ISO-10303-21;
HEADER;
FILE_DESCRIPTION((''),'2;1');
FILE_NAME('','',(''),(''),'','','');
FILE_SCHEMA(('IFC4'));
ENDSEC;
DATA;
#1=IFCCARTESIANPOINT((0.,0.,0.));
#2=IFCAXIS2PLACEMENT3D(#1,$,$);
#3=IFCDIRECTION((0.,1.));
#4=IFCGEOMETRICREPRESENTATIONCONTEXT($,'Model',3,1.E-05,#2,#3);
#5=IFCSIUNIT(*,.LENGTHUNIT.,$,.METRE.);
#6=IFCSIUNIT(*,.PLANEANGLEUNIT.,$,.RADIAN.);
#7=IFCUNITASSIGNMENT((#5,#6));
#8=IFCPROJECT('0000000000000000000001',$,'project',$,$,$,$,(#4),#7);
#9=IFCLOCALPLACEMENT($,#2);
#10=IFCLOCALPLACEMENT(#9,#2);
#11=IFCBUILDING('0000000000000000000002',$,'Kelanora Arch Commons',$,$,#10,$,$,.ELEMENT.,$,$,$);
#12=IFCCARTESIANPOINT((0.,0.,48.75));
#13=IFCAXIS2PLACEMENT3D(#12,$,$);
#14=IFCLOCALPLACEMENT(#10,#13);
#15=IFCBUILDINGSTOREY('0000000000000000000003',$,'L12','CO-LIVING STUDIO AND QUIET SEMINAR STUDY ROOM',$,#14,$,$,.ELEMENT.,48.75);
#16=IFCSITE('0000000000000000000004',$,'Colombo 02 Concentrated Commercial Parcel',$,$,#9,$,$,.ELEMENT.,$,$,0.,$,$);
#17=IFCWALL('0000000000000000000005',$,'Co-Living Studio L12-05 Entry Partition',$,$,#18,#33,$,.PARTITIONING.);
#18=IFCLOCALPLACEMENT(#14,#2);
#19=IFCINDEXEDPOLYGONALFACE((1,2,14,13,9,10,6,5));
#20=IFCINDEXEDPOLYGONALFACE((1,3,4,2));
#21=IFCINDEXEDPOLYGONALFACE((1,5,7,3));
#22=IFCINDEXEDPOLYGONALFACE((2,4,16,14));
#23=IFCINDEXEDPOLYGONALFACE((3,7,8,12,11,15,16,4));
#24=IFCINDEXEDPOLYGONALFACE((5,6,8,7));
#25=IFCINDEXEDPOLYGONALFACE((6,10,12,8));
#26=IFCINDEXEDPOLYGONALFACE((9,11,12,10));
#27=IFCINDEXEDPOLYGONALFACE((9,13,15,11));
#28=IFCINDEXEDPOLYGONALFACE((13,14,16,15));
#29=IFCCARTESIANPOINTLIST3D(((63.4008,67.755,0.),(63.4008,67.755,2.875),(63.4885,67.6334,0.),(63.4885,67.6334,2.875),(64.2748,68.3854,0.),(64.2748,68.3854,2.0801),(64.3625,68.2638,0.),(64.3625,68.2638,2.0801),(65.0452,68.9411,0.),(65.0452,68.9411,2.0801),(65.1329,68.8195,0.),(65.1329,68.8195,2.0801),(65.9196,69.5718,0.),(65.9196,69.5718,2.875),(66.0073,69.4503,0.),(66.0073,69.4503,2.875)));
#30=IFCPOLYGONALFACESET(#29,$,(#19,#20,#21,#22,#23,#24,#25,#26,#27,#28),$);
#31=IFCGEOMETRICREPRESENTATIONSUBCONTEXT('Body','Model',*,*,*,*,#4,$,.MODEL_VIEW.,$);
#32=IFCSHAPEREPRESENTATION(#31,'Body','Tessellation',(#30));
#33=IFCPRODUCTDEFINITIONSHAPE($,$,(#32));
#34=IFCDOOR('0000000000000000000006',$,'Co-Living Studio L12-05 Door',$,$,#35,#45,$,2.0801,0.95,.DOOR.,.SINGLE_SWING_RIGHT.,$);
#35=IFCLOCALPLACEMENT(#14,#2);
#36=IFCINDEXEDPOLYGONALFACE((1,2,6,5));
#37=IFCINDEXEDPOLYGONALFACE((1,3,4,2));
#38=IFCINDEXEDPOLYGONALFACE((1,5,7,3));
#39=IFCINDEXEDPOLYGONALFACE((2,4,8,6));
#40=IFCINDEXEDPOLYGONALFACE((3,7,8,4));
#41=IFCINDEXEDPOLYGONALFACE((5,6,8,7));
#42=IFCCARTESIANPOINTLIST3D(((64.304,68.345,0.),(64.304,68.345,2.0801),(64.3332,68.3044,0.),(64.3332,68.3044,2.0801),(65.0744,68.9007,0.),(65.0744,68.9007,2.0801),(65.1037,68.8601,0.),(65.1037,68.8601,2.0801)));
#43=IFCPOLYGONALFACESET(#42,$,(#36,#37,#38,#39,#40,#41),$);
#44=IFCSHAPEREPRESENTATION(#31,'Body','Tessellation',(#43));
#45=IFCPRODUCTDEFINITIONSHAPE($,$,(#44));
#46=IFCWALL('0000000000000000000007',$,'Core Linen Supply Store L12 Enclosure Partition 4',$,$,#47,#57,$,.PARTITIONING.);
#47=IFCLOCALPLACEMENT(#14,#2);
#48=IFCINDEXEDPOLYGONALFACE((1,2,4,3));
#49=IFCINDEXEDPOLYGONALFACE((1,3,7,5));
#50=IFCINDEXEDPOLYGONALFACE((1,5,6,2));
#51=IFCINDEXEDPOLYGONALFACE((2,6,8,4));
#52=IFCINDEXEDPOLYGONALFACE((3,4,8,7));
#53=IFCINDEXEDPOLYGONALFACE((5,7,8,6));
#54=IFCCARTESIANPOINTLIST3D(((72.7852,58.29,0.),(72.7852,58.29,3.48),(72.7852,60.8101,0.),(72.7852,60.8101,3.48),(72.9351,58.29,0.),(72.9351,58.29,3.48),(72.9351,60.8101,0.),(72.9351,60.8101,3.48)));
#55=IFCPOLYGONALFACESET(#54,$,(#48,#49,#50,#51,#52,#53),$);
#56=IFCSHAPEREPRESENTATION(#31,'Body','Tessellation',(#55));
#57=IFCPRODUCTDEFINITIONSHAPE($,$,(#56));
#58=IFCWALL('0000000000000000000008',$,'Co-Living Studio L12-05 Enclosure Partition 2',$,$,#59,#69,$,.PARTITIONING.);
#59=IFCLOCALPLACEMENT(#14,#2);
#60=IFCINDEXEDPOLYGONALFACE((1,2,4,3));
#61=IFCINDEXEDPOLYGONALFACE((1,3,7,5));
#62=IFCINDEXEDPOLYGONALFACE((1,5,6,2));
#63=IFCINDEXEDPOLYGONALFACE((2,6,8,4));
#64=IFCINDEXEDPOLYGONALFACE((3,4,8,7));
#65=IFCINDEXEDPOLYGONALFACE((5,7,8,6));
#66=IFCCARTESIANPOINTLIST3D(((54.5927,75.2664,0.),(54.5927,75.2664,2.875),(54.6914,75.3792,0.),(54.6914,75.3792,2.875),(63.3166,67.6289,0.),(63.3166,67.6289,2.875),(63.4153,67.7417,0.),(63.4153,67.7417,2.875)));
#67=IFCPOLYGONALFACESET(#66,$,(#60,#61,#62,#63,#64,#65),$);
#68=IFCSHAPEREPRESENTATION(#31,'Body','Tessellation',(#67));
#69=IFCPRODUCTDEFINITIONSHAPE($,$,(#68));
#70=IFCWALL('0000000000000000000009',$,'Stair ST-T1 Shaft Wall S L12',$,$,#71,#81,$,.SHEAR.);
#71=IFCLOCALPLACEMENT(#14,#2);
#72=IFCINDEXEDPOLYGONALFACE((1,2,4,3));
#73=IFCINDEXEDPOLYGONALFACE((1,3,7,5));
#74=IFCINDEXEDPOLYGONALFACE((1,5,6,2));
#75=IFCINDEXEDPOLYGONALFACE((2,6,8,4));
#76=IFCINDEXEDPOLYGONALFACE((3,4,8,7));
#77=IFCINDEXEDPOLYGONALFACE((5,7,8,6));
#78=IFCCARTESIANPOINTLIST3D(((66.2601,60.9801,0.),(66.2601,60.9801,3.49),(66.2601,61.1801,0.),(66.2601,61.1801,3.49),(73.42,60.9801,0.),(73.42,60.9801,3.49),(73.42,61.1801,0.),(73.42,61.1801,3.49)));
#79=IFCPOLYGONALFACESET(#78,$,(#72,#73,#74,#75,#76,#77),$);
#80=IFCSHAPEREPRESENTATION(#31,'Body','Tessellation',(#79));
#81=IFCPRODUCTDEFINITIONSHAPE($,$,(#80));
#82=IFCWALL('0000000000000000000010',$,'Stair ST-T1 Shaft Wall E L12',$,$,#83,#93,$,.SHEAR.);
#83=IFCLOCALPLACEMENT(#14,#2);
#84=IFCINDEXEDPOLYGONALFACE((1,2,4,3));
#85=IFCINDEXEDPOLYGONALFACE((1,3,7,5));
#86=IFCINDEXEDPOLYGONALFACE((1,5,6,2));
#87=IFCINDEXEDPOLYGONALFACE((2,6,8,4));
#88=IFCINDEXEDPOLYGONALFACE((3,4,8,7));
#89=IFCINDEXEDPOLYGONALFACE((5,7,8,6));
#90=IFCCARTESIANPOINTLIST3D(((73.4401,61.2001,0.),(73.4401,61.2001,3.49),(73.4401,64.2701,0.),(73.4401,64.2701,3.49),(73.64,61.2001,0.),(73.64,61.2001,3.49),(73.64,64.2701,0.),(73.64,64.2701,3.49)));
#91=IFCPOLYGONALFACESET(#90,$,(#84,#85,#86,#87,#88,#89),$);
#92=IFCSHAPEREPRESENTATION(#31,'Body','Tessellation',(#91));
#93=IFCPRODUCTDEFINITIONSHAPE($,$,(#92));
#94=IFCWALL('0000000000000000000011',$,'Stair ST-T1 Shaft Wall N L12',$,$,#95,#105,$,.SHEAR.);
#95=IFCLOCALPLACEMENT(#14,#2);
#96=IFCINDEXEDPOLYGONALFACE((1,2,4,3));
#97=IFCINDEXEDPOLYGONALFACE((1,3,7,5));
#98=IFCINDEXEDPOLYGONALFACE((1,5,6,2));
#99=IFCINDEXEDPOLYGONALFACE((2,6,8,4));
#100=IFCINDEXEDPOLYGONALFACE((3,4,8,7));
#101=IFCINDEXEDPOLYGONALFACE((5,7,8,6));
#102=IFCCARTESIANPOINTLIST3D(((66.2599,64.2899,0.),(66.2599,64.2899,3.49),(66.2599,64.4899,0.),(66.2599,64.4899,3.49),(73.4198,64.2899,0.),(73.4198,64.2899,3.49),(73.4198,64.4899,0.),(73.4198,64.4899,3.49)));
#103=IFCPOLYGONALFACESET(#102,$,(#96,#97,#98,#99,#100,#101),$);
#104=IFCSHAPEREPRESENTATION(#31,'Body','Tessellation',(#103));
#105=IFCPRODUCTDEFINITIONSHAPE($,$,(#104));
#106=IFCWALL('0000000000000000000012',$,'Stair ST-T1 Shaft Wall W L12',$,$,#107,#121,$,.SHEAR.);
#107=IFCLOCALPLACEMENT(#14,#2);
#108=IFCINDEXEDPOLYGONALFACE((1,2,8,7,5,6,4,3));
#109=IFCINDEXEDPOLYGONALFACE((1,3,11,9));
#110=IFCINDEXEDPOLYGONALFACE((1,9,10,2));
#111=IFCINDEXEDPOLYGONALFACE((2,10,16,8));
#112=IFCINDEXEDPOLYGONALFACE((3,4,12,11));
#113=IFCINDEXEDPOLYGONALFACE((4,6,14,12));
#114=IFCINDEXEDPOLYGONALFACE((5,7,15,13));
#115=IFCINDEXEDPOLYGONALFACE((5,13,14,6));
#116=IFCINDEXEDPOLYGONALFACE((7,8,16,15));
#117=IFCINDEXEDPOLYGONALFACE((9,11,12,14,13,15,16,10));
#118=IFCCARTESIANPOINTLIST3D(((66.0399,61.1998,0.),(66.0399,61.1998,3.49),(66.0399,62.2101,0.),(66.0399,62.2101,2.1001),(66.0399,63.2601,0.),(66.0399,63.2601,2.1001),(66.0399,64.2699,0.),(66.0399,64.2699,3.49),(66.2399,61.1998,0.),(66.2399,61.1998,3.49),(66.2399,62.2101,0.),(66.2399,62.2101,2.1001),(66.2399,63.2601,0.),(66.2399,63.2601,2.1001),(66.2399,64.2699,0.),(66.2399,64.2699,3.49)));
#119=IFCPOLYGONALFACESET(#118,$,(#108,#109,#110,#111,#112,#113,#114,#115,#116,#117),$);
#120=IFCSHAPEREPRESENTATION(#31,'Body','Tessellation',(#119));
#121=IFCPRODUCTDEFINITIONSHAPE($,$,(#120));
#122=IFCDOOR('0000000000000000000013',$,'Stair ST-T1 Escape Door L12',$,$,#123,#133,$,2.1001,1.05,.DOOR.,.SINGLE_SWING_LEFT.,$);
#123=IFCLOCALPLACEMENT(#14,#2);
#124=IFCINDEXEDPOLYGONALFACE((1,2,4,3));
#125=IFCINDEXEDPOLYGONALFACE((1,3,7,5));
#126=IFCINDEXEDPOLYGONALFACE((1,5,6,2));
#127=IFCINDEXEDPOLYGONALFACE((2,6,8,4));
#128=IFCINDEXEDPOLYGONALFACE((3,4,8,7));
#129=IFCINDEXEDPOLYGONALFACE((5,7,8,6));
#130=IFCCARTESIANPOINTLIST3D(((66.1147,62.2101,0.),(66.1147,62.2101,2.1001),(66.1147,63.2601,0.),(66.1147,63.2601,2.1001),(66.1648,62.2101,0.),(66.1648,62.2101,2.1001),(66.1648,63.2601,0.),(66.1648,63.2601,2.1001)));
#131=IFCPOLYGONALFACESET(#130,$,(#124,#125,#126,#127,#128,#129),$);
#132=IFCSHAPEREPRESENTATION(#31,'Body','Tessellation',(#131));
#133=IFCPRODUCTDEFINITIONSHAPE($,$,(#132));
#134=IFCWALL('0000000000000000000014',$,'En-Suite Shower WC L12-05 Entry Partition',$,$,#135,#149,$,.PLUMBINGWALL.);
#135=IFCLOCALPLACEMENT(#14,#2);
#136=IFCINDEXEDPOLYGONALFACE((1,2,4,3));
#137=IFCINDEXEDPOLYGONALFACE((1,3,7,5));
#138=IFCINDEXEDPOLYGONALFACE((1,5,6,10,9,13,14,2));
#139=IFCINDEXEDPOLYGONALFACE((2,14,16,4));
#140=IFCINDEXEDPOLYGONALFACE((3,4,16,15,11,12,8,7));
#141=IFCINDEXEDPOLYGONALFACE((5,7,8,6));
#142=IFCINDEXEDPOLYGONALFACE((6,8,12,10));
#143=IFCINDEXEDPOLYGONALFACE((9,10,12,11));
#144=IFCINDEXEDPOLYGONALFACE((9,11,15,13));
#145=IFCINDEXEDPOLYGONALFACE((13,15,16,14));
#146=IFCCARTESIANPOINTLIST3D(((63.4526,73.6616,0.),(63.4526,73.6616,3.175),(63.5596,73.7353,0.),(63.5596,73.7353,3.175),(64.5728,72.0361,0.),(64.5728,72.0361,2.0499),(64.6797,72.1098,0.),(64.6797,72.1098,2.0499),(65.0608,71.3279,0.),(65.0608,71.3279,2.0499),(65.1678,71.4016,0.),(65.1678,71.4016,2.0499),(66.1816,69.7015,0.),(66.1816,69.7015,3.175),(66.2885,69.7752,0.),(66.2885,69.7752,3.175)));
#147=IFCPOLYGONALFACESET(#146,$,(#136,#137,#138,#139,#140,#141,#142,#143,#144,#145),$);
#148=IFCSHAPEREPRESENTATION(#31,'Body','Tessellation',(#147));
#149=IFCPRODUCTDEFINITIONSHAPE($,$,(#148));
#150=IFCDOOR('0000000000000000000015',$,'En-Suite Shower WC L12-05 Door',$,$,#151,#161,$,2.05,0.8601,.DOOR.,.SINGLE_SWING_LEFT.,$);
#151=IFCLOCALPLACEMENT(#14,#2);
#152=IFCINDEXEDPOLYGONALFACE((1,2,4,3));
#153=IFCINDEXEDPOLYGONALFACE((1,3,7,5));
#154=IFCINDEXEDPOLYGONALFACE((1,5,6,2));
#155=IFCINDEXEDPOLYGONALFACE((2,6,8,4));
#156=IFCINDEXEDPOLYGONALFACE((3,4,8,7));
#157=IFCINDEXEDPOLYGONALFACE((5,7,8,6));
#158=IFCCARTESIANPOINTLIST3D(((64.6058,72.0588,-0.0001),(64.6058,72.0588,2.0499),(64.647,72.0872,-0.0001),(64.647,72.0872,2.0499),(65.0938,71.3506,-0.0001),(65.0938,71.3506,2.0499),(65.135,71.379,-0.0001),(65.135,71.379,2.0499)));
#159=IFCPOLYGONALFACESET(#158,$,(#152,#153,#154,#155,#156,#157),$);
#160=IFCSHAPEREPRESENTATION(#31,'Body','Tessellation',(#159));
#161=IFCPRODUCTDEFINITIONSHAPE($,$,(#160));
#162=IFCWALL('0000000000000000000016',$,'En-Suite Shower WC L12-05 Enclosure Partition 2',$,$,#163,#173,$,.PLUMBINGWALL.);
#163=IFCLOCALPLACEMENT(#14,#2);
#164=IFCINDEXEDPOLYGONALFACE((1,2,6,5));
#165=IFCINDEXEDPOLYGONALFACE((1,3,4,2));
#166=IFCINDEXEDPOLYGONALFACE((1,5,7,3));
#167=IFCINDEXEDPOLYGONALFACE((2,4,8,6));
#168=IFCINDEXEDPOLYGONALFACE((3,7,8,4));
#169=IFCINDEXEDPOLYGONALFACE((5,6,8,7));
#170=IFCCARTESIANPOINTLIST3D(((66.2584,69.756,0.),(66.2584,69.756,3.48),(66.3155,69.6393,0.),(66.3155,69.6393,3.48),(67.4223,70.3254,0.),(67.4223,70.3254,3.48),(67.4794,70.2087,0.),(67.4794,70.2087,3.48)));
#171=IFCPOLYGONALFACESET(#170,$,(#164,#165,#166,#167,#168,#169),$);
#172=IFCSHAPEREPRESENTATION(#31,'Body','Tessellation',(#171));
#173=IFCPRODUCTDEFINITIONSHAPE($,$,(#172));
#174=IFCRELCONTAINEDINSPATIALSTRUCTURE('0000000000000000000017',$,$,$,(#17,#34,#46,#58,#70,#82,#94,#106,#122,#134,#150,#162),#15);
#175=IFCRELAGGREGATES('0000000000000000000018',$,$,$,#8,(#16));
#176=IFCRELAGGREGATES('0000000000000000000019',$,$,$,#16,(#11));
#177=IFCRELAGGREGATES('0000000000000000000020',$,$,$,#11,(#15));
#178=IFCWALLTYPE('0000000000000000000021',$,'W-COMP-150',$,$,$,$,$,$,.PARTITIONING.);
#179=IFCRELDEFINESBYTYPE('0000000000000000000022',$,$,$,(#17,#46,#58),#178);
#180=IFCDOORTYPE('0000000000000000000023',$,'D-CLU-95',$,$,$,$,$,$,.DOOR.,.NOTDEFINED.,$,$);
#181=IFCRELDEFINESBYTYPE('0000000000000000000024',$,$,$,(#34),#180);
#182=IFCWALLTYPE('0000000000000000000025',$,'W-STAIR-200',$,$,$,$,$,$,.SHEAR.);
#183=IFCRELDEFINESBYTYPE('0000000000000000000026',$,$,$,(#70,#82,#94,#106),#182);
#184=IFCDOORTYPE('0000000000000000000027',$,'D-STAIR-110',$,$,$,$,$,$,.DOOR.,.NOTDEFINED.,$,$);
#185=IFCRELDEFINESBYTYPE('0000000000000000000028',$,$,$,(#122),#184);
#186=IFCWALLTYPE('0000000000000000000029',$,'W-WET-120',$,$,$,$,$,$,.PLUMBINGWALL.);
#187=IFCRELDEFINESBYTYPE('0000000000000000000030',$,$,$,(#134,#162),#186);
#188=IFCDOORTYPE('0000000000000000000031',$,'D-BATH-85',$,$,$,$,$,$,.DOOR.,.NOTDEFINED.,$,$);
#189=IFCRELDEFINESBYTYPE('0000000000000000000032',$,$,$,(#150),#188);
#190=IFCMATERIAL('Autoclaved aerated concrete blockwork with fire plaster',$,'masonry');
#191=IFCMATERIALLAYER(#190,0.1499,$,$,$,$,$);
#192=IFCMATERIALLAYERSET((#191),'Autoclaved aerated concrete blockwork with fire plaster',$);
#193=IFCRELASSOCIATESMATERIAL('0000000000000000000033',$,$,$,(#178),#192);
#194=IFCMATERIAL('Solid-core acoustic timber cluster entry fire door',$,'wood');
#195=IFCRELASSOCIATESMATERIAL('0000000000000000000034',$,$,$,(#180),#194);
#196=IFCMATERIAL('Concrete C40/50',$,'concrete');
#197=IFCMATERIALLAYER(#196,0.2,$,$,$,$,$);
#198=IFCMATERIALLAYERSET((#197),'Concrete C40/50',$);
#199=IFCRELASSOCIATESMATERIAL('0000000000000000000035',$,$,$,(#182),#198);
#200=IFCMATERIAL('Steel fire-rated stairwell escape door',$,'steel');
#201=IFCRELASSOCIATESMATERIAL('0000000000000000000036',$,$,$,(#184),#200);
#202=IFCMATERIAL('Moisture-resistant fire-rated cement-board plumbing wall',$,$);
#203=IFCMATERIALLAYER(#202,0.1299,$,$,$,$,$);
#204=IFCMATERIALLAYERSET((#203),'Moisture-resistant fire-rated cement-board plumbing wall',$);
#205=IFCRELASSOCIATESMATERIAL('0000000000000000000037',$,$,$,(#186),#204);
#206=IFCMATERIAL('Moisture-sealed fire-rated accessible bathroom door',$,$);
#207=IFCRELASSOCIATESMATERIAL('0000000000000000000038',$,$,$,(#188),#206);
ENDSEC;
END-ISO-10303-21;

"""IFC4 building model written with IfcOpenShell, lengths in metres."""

from ifc_helpers import new_model, si_unit, direction, frame, frame_2d, origin, place, context, subcontext, project, spatial, rectangle, extrude, material, layer, layer_set, type_object, element, fill, save


model = new_model("IFC4")

# Units and contexts
model_context = context("Model", 3, precision=1e-05, world=origin(), true_north=direction((0.0, 1.0)))
body_context = subcontext(model_context, "Body", "Model", "MODEL_VIEW")
ifc_project = project(units=[si_unit("LENGTHUNIT", "METRE"), si_unit("PLANEANGLEUNIT", "RADIAN")], contexts=[model_context])

# Site, building, storey
site_placement = place(None, origin())
site = spatial("IfcSite", under=ifc_project, at=site_placement, Name="Colombo 02 Concentrated Commercial Parcel", CompositionType="ELEMENT", RefElevation=0.0)
building_placement = place(site_placement, origin())
building = spatial("IfcBuilding", under=site, at=building_placement, Name="Kelanora Arch Commons", CompositionType="ELEMENT")
storey_placement = place(building_placement, frame((0.0, 0.0, 48.75)))
storey = spatial("IfcBuildingStorey", under=building, at=storey_placement, Name="L12", Description="CO-LIVING STUDIO AND QUIET SEMINAR STUDY ROOM", CompositionType="ELEMENT", Elevation=48.75)

# Wall, opening, door
ifc_material_1 = material(Name="Autoclaved aerated concrete blockwork with fire plaster", Category="masonry")
ifc_layer_1 = layer(ifc_material_1, 0.1499)
ifc_layer_set_1 = layer_set([ifc_layer_1], Name="Autoclaved aerated concrete blockwork with fire plaster")
wall_type_1 = type_object("IfcWallType", Name="W-COMP-150", PredefinedType="PARTITIONING", material=ifc_layer_set_1)
wall_1_placement = place(storey_placement, frame((65.9634, 69.511, 0.0), z_axis=(0.0, 0.0, 1.0), x_axis=(-0.811021, -0.585017, 0.0)))
wall_1 = element("IfcWall", 1, at=wall_1_placement, inside=storey, type_object=wall_type_1, Name="Co-Living Studio L12-05 Entry Partition", PredefinedType="PARTITIONING", context=body_context, shape_type="SweptSolid", body=[
    extrude(rectangle(XDim=3.1057, YDim=0.1499, at=frame_2d((1.5527, 0.0))), origin(), (0.0, 0.0, 1.0), 2.875),
])
opening_1_placement = place(wall_1_placement, frame((1.0779, 0.0, 0.0)))
opening_1 = element("IfcOpeningElement", 2, at=opening_1_placement, cuts=wall_1, PredefinedType="OPENING", context=body_context, shape_type="SweptSolid", body=[
    extrude(rectangle(XDim=0.95, YDim=2.0801, at=frame_2d((0.4751, 1.04))), frame((0.0, 0.085, 0.0), z_axis=(0.0, -1.0, 0.0), x_axis=(1.0, 0.0, 0.0)), (0.0, 0.0, 1.0), 0.1699),
])
ifc_material_2 = material(Name="Solid-core acoustic timber cluster entry fire door", Category="wood")
door_type_1 = type_object("IfcDoorType", Name="D-CLU-95", OperationType="NOTDEFINED", PredefinedType="DOOR", material=ifc_material_2)
door_1_placement = place(opening_1_placement, origin())
door_1 = element("IfcDoor", 3, at=door_1_placement, inside=storey, type_object=door_type_1, Name="Co-Living Studio L12-05 Door", OperationType="SINGLE_SWING_RIGHT", OverallHeight=2.0801, OverallWidth=0.95, PredefinedType="DOOR", context=body_context, shape_type="SweptSolid", body=[
    extrude(rectangle(XDim=0.95, YDim=2.0801, at=frame_2d((0.4751, 1.04))), frame((0.0, 0.0249, 0.0), z_axis=(0.0, -1.0, 0.0), x_axis=(1.0, 0.0, 0.0)), (0.0, 0.0, 1.0), 0.05),
])
fill(opening_1, door_1)

# Walls
wall_2_placement = place(storey_placement, frame((72.8601, 60.8101, 0.0), z_axis=(0.0, 0.0, 1.0), x_axis=(0.0, -1.0, 0.0)))
element("IfcWall", 4, at=wall_2_placement, inside=storey, type_object=wall_type_1, Name="Core Linen Supply Store L12 Enclosure Partition 4", PredefinedType="PARTITIONING", context=body_context, shape_type="SweptSolid", body=[
    extrude(rectangle(XDim=2.52, YDim=0.1499, at=frame_2d((1.26, 0.0))), origin(), (0.0, 0.0, 1.0), 3.48),
])
wall_3_placement = place(storey_placement, frame((63.366, 67.6853, 0.0), z_axis=(0.0, 0.0, 1.0), x_axis=(-0.752403, 0.658703, 0.0)))
element("IfcWall", 5, at=wall_3_placement, inside=storey, type_object=wall_type_1, Name="Co-Living Studio L12-05 Enclosure Partition 2", PredefinedType="PARTITIONING", context=body_context, shape_type="SweptSolid", body=[
    extrude(rectangle(XDim=11.5947, YDim=0.1499, at=frame_2d((5.7974, 0.0))), origin(), (0.0, 0.0, 1.0), 2.875),
])
ifc_material_3 = material(Name="Concrete C40/50", Category="concrete")
ifc_layer_2 = layer(ifc_material_3, 0.2)
ifc_layer_set_2 = layer_set([ifc_layer_2], Name="Concrete C40/50")
wall_type_2 = type_object("IfcWallType", Name="W-STAIR-200", PredefinedType="SHEAR", material=ifc_layer_set_2)
wall_4_placement = place(storey_placement, frame((66.26, 61.0801, 0.0), z_axis=(0.0, 0.0, 1.0), x_axis=(1.0, 0.0, 0.0)))
element("IfcWall", 6, at=wall_4_placement, inside=storey, type_object=wall_type_2, Name="Stair ST-T1 Shaft Wall S L12", PredefinedType="SHEAR", context=body_context, shape_type="SweptSolid", body=[
    extrude(rectangle(XDim=7.1599, YDim=0.2, at=frame_2d((3.5801, 0.0))), origin(), (0.0, 0.0, 1.0), 3.49),
])
wall_5_placement = place(storey_placement, frame((73.54, 61.2, 0.0), z_axis=(0.0, 0.0, 1.0), x_axis=(0.0, 1.0, 0.0)))
element("IfcWall", 7, at=wall_5_placement, inside=storey, type_object=wall_type_2, Name="Stair ST-T1 Shaft Wall E L12", PredefinedType="SHEAR", context=body_context, shape_type="SweptSolid", body=[
    extrude(rectangle(XDim=3.0701, YDim=0.2, at=frame_2d((1.5352, 0.0))), origin(), (0.0, 0.0, 1.0), 3.49),
])
wall_6_placement = place(storey_placement, frame((73.4199, 64.3899, 0.0), z_axis=(0.0, 0.0, 1.0), x_axis=(-1.0, 0.0, 0.0)))
element("IfcWall", 8, at=wall_6_placement, inside=storey, type_object=wall_type_2, Name="Stair ST-T1 Shaft Wall N L12", PredefinedType="SHEAR", context=body_context, shape_type="SweptSolid", body=[
    extrude(rectangle(XDim=7.1599, YDim=0.2, at=frame_2d((3.5801, 0.0))), origin(), (0.0, 0.0, 1.0), 3.49),
])

# Walls, openings, doors
wall_7_placement = place(storey_placement, frame((66.1399, 64.27, 0.0), z_axis=(0.0, 0.0, 1.0), x_axis=(0.0, -1.0, 0.0)))
wall_7 = element("IfcWall", 9, at=wall_7_placement, inside=storey, type_object=wall_type_2, Name="Stair ST-T1 Shaft Wall W L12", PredefinedType="SHEAR", context=body_context, shape_type="SweptSolid", body=[
    extrude(rectangle(XDim=3.0701, YDim=0.2, at=frame_2d((1.5352, 0.0))), origin(), (0.0, 0.0, 1.0), 3.49),
])
opening_2_placement = place(wall_7_placement, frame((1.01, 0.0, 0.0)))
opening_2 = element("IfcOpeningElement", 10, at=opening_2_placement, cuts=wall_7, PredefinedType="OPENING", context=body_context, shape_type="SweptSolid", body=[
    extrude(rectangle(XDim=1.05, YDim=2.1001, at=frame_2d((0.5249, 1.05))), frame((0.0, 0.1099, 0.0), z_axis=(0.0, -1.0, 0.0), x_axis=(1.0, 0.0, 0.0)), (0.0, 0.0, 1.0), 0.22),
])
ifc_material_4 = material(Name="Steel fire-rated stairwell escape door", Category="steel")
door_type_2 = type_object("IfcDoorType", Name="D-STAIR-110", OperationType="NOTDEFINED", PredefinedType="DOOR", material=ifc_material_4)
door_2_placement = place(opening_2_placement, origin())
door_2 = element("IfcDoor", 11, at=door_2_placement, inside=storey, type_object=door_type_2, Name="Stair ST-T1 Escape Door L12", OperationType="SINGLE_SWING_LEFT", OverallHeight=2.1001, OverallWidth=1.05, PredefinedType="DOOR", context=body_context, shape_type="SweptSolid", body=[
    extrude(rectangle(XDim=1.05, YDim=2.1001, at=frame_2d((0.5249, 1.05))), frame((0.0, 0.0249, 0.0), z_axis=(0.0, -1.0, 0.0), x_axis=(1.0, 0.0, 0.0)), (0.0, 0.0, 1.0), 0.05),
])
fill(opening_2, door_2)
ifc_material_5 = material(Name="Moisture-resistant fire-rated cement-board plumbing wall")
ifc_layer_3 = layer(ifc_material_5, 0.1299)
ifc_layer_set_3 = layer_set([ifc_layer_3], Name="Moisture-resistant fire-rated cement-board plumbing wall")
wall_type_3 = type_object("IfcWallType", Name="W-WET-120", PredefinedType="PLUMBINGWALL", material=ifc_layer_set_3)
wall_8_placement = place(storey_placement, frame((66.2351, 69.7383, 0.0), z_axis=(0.0, 0.0, 1.0), x_axis=(-0.567427, 0.823424, 0.0)))
wall_8 = element("IfcWall", 12, at=wall_8_placement, inside=storey, type_object=wall_type_3, Name="En-Suite Shower WC L12-05 Entry Partition", PredefinedType="PLUMBINGWALL", context=body_context, shape_type="SweptSolid", body=[
    extrude(rectangle(XDim=4.8093, YDim=0.1299, at=frame_2d((2.4048, 0.0))), origin(), (0.0, 0.0, 1.0), 3.175),
])
opening_3_placement = place(wall_8_placement, frame((1.9751, 0.0, 0.0)))
opening_3 = element("IfcOpeningElement", 13, at=opening_3_placement, cuts=wall_8, PredefinedType="OPENING", context=body_context, shape_type="SweptSolid", body=[
    extrude(rectangle(XDim=0.8601, YDim=2.05, at=frame_2d((0.4302, 1.0249))), frame((0.0, 0.075, 0.0), z_axis=(0.0, -1.0, 0.0), x_axis=(1.0, 0.0, 0.0)), (0.0, 0.0, 1.0), 0.1499),
])
ifc_material_6 = material(Name="Moisture-sealed fire-rated accessible bathroom door")
door_type_3 = type_object("IfcDoorType", Name="D-BATH-85", OperationType="NOTDEFINED", PredefinedType="DOOR", material=ifc_material_6)
door_3_placement = place(opening_3_placement, origin())
door_3 = element("IfcDoor", 14, at=door_3_placement, inside=storey, type_object=door_type_3, Name="En-Suite Shower WC L12-05 Door", OperationType="SINGLE_SWING_LEFT", OverallHeight=2.05, OverallWidth=0.8601, PredefinedType="DOOR", context=body_context, shape_type="SweptSolid", body=[
    extrude(rectangle(XDim=0.8601, YDim=2.05, at=frame_2d((0.4302, 1.0249))), frame((0.0, 0.0249, 0.0), z_axis=(0.0, -1.0, 0.0), x_axis=(1.0, 0.0, 0.0)), (0.0, 0.0, 1.0), 0.05),
])
fill(opening_3, door_3)

# Wall
wall_9_placement = place(storey_placement, frame((67.4509, 70.2671, 0.0), z_axis=(0.0, 0.0, 1.0), x_axis=(-0.898275, -0.439433, 0.0)))
element("IfcWall", 15, at=wall_9_placement, inside=storey, type_object=wall_type_3, Name="En-Suite Shower WC L12-05 Enclosure Partition 2", PredefinedType="PLUMBINGWALL", context=body_context, shape_type="SweptSolid", body=[
    extrude(rectangle(XDim=1.2957, YDim=0.1299, at=frame_2d((0.6479, 0.0))), origin(), (0.0, 0.0, 1.0), 3.48),
])

save(model, "model.ifc")
